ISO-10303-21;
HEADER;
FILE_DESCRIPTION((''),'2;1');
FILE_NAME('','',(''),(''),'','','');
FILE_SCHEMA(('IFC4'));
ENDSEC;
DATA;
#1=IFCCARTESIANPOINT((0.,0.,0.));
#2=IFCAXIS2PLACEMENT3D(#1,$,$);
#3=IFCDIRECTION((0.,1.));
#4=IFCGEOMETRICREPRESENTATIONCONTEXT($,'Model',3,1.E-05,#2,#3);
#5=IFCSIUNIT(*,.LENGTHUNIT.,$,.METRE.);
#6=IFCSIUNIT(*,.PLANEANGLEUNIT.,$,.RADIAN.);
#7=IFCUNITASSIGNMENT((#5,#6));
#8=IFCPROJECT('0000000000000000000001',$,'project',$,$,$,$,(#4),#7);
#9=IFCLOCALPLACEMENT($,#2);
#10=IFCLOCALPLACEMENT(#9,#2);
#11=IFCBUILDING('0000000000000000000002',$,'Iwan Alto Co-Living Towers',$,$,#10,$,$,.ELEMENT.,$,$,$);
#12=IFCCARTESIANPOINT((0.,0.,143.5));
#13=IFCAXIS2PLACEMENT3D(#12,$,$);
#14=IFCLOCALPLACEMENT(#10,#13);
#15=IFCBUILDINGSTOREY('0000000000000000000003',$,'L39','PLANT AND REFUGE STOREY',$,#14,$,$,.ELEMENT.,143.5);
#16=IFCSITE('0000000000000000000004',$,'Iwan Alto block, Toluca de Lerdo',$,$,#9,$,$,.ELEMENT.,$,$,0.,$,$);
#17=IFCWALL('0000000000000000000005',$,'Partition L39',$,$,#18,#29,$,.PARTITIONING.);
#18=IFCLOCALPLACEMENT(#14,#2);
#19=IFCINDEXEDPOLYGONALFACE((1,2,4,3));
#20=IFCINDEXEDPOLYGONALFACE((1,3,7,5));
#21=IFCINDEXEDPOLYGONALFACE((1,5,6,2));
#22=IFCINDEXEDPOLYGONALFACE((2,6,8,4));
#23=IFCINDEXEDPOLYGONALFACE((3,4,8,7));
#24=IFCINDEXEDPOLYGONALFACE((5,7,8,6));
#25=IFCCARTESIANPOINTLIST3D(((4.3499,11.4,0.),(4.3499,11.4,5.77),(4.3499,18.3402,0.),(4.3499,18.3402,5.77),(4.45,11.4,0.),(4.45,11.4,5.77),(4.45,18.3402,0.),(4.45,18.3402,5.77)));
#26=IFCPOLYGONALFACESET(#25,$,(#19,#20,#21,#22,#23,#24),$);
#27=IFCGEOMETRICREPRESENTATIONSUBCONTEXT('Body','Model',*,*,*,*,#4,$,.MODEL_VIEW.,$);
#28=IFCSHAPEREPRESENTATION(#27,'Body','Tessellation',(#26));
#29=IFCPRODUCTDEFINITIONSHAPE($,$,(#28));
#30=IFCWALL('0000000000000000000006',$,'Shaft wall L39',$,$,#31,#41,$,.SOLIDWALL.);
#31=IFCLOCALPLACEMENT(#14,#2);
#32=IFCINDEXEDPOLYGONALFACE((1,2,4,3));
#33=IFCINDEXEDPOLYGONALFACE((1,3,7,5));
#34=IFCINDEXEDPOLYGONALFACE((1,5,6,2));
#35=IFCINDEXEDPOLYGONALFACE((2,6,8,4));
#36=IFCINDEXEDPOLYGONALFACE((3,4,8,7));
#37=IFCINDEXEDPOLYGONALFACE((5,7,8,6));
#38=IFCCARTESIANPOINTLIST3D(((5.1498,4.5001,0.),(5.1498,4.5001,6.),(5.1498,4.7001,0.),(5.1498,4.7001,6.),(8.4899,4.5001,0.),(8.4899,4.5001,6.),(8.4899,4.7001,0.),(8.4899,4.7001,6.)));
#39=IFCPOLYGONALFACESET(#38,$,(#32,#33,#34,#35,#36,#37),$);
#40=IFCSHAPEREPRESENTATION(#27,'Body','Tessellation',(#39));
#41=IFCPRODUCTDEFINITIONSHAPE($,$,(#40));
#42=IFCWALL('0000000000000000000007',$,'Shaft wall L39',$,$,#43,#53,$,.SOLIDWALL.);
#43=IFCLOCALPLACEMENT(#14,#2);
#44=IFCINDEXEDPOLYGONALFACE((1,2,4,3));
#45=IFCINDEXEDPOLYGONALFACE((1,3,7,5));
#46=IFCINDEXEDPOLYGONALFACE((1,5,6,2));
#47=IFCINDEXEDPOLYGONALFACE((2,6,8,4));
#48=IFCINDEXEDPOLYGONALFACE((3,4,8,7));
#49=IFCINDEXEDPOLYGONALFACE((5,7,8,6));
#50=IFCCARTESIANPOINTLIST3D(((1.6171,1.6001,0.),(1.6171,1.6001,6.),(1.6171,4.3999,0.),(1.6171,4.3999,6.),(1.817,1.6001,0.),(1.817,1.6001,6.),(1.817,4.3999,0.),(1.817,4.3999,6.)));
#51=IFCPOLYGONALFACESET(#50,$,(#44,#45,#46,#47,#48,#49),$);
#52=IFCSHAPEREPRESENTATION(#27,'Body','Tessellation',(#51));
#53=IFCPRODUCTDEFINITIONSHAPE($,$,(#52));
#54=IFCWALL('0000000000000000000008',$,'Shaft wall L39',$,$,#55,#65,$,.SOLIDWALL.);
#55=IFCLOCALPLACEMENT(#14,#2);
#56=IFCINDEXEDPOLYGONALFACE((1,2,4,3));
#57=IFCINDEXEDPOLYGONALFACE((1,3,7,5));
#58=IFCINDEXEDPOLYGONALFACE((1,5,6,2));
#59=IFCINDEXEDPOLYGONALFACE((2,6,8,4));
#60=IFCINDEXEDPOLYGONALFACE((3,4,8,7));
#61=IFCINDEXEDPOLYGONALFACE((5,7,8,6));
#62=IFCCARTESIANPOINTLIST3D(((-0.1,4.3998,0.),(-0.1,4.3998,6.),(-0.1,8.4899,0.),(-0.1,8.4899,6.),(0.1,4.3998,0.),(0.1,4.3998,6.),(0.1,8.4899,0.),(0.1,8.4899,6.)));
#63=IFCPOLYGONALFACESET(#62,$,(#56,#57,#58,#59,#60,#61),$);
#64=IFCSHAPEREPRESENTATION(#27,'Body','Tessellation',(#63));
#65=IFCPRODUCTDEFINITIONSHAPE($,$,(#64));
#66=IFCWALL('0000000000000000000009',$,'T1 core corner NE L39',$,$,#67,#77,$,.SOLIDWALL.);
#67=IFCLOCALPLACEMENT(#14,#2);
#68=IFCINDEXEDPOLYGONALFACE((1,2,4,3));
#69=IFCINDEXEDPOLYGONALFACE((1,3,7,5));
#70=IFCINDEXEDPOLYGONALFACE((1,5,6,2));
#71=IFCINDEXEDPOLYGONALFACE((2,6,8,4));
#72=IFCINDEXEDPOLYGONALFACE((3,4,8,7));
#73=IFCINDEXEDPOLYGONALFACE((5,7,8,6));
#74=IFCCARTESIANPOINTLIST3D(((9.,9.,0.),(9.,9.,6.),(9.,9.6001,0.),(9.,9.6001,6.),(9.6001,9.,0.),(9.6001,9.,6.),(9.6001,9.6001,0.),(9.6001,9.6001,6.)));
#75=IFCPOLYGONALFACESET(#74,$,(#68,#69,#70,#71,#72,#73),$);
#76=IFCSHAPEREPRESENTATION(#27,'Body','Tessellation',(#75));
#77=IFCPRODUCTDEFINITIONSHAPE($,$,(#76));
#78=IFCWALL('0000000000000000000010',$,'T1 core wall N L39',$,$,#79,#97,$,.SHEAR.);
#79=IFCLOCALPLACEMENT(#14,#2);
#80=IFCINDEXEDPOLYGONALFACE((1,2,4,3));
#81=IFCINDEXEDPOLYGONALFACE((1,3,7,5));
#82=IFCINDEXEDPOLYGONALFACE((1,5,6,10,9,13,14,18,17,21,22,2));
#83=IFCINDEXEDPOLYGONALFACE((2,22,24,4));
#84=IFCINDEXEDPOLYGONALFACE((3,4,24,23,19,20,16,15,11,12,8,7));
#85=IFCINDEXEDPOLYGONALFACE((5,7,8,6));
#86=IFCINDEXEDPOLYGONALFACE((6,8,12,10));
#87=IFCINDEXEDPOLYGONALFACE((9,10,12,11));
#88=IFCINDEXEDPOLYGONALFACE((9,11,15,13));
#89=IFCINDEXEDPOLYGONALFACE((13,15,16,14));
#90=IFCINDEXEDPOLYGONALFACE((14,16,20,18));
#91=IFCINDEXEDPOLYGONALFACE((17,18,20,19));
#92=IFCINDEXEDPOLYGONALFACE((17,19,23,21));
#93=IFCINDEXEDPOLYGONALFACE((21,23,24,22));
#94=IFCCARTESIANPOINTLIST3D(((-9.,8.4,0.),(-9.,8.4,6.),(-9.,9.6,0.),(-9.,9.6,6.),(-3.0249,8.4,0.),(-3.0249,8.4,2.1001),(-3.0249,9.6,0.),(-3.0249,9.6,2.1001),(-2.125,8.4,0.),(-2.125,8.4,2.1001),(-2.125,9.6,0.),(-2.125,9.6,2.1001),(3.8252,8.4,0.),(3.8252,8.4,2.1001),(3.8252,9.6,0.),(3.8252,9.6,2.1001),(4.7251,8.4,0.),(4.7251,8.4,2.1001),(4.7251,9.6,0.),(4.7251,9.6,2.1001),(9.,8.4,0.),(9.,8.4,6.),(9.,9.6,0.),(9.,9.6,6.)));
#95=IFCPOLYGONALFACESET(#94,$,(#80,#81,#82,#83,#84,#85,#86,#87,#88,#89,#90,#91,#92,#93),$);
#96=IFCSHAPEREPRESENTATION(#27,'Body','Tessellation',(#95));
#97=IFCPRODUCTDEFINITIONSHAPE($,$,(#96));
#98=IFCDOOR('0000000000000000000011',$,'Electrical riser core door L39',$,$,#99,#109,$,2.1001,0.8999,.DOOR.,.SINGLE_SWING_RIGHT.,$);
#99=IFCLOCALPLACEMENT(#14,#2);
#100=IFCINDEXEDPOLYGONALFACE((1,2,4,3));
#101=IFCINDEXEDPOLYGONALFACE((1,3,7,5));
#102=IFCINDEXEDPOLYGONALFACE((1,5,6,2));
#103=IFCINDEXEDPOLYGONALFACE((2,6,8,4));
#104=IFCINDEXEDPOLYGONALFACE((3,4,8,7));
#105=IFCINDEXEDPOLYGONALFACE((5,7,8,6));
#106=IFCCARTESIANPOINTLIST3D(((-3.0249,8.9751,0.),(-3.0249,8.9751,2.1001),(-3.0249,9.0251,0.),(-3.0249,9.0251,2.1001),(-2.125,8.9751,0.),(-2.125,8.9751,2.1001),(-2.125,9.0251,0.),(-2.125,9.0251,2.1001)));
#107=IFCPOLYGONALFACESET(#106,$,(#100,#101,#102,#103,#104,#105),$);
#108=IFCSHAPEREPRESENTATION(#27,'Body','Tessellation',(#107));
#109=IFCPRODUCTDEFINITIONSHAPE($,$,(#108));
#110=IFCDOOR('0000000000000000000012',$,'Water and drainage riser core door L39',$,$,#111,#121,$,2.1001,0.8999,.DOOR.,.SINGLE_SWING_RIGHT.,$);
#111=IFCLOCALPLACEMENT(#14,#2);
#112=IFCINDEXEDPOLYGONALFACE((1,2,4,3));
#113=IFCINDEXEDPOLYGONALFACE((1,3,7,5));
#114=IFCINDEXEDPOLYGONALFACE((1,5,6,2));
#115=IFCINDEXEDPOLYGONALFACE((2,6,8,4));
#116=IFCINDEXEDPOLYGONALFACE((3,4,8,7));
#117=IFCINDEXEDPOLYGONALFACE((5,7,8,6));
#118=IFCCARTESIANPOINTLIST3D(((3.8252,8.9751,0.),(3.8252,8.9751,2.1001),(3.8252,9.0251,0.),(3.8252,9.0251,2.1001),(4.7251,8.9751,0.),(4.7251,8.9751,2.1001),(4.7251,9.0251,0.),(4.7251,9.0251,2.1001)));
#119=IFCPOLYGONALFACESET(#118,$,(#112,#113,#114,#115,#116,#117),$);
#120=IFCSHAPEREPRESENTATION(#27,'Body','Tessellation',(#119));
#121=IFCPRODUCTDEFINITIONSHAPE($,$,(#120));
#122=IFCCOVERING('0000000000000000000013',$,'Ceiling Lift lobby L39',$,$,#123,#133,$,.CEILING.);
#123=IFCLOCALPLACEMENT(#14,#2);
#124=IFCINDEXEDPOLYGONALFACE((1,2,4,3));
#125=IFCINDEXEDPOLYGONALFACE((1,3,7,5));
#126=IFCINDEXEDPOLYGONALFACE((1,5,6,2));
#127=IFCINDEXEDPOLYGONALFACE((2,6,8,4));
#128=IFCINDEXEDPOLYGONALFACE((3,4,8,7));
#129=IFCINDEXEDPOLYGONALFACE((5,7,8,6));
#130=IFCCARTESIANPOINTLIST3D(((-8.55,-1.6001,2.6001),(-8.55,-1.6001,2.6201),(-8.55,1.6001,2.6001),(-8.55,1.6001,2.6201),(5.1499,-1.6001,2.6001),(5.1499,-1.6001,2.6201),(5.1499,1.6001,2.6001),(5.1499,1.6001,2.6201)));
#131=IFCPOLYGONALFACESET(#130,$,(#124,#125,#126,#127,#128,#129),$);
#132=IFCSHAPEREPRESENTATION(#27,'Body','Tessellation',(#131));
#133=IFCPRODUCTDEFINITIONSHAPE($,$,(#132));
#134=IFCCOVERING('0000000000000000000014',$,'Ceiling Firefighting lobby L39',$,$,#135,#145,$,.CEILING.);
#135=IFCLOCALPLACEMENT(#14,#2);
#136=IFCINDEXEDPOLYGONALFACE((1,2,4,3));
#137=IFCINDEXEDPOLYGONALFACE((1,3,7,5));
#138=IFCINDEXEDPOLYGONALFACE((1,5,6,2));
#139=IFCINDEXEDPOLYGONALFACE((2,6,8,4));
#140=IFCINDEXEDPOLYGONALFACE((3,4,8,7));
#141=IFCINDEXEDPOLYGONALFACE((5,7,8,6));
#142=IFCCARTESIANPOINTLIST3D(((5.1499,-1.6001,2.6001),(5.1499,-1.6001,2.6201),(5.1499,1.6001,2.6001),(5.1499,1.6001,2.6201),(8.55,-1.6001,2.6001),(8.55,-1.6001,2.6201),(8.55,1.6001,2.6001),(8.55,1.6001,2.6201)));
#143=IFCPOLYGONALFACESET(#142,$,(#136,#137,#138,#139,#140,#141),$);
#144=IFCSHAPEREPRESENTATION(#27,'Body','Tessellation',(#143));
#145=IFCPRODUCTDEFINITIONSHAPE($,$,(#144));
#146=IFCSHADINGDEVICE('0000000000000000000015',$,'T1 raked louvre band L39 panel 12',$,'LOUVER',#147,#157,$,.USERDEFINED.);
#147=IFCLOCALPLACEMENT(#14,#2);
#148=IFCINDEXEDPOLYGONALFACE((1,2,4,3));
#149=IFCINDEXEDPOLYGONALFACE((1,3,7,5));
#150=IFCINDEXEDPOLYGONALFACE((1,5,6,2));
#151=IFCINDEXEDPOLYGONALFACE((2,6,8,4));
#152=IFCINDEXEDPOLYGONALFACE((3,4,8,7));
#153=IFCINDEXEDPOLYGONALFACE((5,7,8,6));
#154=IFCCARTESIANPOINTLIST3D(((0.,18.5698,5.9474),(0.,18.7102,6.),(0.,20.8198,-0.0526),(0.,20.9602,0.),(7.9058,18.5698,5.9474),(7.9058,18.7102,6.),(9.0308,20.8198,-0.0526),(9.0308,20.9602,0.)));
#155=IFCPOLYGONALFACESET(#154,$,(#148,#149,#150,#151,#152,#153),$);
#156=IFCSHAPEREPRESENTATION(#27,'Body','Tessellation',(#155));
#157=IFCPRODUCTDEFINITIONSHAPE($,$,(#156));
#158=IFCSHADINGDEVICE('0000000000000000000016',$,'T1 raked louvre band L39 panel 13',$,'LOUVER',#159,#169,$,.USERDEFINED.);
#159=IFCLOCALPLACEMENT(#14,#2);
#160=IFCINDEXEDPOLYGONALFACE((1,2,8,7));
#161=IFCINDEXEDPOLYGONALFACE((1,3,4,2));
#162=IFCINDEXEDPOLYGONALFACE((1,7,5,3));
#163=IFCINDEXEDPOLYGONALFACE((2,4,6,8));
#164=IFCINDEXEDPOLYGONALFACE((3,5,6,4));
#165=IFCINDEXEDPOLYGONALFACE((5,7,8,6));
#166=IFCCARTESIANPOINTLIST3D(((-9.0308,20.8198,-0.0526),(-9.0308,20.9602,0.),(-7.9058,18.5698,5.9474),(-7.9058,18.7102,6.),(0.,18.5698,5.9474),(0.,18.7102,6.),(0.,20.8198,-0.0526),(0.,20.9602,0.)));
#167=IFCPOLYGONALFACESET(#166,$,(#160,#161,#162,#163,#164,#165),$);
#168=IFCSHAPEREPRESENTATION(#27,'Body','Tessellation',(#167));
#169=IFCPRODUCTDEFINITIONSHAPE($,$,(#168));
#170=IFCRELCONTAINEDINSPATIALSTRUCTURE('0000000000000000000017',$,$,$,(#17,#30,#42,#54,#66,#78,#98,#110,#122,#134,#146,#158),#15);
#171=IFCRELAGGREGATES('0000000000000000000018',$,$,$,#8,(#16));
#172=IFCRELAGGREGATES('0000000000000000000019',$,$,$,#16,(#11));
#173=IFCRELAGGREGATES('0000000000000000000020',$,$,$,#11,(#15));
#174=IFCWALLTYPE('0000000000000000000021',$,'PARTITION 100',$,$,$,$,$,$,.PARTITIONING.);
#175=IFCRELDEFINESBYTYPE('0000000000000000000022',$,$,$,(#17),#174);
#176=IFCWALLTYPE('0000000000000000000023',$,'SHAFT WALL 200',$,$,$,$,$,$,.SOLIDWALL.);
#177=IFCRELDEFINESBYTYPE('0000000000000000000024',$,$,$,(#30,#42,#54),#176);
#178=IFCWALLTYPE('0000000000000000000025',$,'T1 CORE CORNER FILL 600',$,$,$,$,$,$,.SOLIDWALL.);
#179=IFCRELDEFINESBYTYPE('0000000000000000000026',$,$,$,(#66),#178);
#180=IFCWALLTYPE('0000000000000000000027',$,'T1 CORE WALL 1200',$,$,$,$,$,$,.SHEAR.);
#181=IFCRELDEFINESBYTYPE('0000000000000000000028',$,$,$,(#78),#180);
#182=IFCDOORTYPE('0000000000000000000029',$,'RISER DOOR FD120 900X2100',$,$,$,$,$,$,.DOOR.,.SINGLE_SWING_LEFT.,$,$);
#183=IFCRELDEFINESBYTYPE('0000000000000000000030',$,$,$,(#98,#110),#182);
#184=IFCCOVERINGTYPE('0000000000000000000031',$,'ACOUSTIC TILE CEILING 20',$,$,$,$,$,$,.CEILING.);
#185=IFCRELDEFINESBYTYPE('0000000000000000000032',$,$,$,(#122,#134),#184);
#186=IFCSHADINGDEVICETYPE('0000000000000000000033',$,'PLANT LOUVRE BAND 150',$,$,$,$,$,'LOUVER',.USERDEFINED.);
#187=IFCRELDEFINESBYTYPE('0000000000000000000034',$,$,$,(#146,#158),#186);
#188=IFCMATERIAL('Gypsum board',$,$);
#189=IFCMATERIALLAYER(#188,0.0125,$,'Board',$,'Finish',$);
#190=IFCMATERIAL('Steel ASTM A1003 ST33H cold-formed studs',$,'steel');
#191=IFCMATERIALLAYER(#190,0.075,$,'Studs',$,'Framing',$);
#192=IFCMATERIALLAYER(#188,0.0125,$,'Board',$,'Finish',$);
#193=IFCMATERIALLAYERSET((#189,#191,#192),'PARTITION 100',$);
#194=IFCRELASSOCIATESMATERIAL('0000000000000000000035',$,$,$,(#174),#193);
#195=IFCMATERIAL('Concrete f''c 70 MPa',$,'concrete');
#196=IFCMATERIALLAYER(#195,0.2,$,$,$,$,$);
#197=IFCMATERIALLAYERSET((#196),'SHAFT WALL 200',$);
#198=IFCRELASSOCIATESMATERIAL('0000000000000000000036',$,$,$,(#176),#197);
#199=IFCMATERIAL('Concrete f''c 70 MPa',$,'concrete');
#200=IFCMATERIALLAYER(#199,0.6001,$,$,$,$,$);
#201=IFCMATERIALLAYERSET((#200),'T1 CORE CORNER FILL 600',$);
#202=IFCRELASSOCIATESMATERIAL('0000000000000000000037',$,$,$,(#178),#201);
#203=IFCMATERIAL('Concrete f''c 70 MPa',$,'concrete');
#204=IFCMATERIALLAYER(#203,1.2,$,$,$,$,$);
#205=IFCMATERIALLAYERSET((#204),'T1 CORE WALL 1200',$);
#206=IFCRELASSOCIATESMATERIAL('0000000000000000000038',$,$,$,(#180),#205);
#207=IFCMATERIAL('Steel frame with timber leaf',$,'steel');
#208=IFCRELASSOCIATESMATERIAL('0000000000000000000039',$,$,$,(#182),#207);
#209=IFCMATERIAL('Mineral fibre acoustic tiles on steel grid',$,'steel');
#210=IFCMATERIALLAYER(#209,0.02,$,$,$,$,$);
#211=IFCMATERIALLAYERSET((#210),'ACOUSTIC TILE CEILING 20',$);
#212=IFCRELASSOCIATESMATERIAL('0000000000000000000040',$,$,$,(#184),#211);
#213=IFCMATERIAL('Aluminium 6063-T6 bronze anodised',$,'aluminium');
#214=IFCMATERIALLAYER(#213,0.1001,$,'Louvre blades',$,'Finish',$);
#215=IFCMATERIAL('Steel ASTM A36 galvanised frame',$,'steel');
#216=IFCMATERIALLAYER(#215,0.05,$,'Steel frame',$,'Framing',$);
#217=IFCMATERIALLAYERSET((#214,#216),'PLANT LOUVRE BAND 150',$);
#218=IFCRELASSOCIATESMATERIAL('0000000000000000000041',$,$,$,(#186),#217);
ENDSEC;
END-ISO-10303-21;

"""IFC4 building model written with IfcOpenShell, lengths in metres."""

from ifc_helpers import new_model, si_unit, direction, frame, frame_2d, origin, place, context, subcontext, project, spatial, polyline, rectangle, outline, extrude, material, layer, layer_set, type_object, element, fill, save


model = new_model("IFC4")

# Units and contexts
model_context = context("Model", 3, precision=1e-05, world=origin(), true_north=direction((0.0, 1.0)))
body_context = subcontext(model_context, "Body", "Model", "MODEL_VIEW")
ifc_project = project(units=[si_unit("LENGTHUNIT", "METRE"), si_unit("PLANEANGLEUNIT", "RADIAN")], contexts=[model_context])

# Site, building, storey
site_placement = place(None, origin())
site = spatial("IfcSite", under=ifc_project, at=site_placement, Name="Iwan Alto block, Toluca de Lerdo", CompositionType="ELEMENT", RefElevation=0.0)
building_placement = place(site_placement, origin())
building = spatial("IfcBuilding", under=site, at=building_placement, Name="Iwan Alto Co-Living Towers", CompositionType="ELEMENT")
storey_placement = place(building_placement, frame((0.0, 0.0, 143.5)))
storey = spatial("IfcBuildingStorey", under=building, at=storey_placement, Name="L39", Description="PLANT AND REFUGE STOREY", CompositionType="ELEMENT", Elevation=143.5)

# Walls
ifc_material_1 = material(Name="Gypsum board")
ifc_layer_1 = layer(ifc_material_1, 0.0125, Name="Board", Category="Finish")
ifc_material_2 = material(Name="Steel ASTM A1003 ST33H cold-formed studs", Category="steel")
ifc_layer_2 = layer(ifc_material_2, 0.075, Name="Studs", Category="Framing")
ifc_layer_3 = layer(ifc_material_1, 0.0125, Name="Board", Category="Finish")
ifc_layer_set_1 = layer_set([ifc_layer_1, ifc_layer_2, ifc_layer_3], Name="PARTITION 100")
wall_type_1 = type_object("IfcWallType", Name="PARTITION 100", PredefinedType="PARTITIONING", material=ifc_layer_set_1)
wall_1_placement = place(storey_placement, frame((4.3999, 11.3999, 0.0), z_axis=(0.0, 0.0, 1.0), x_axis=(0.0, 1.0, 0.0)))
element("IfcWall", 1, at=wall_1_placement, inside=storey, type_object=wall_type_1, Name="Partition L39", PredefinedType="PARTITIONING", context=body_context, shape_type="SweptSolid", body=[
    extrude(rectangle(XDim=6.9402, YDim=0.1001, at=frame_2d((3.4702, 0.0))), origin(), (0.0, 0.0, 1.0), 5.77),
])
ifc_material_3 = material(Name="Concrete f'c 70 MPa", Category="concrete")
ifc_layer_4 = layer(ifc_material_3, 0.2)
ifc_layer_set_2 = layer_set([ifc_layer_4], Name="SHAFT WALL 200")
wall_type_2 = type_object("IfcWallType", Name="SHAFT WALL 200", PredefinedType="SOLIDWALL", material=ifc_layer_set_2)
wall_2_placement = place(storey_placement, frame((5.1499, 4.6001, 0.0), z_axis=(0.0, 0.0, 1.0), x_axis=(1.0, 0.0, 0.0)))
element("IfcWall", 2, at=wall_2_placement, inside=storey, type_object=wall_type_2, Name="Shaft wall L39", PredefinedType="SOLIDWALL", context=body_context, shape_type="SweptSolid", body=[
    extrude(rectangle(XDim=3.3401, YDim=0.2, at=frame_2d((1.6699, 0.0))), origin(), (0.0, 0.0, 1.0), 6.0),
])
wall_3_placement = place(storey_placement, frame((1.717, 1.6001, 0.0), z_axis=(0.0, 0.0, 1.0), x_axis=(0.0, 1.0, 0.0)))
element("IfcWall", 3, at=wall_3_placement, inside=storey, type_object=wall_type_2, Name="Shaft wall L39", PredefinedType="SOLIDWALL", context=body_context, shape_type="SweptSolid", body=[
    extrude(rectangle(XDim=2.7998, YDim=0.2, at=frame_2d((1.3999, 0.0))), origin(), (0.0, 0.0, 1.0), 6.0),
])
wall_4_placement = place(storey_placement, frame((0.0, 4.3999, 0.0), z_axis=(0.0, 0.0, 1.0), x_axis=(0.0, 1.0, 0.0)))
element("IfcWall", 4, at=wall_4_placement, inside=storey, type_object=wall_type_2, Name="Shaft wall L39", PredefinedType="SOLIDWALL", context=body_context, shape_type="SweptSolid", body=[
    extrude(rectangle(XDim=4.0901, YDim=0.2, at=frame_2d((2.0449, 0.0))), origin(), (0.0, 0.0, 1.0), 6.0),
])
ifc_material_4 = material(Name="Concrete f'c 70 MPa", Category="concrete")
ifc_layer_5 = layer(ifc_material_4, 0.6001)
ifc_layer_set_3 = layer_set([ifc_layer_5], Name="T1 CORE CORNER FILL 600")
wall_type_3 = type_object("IfcWallType", Name="T1 CORE CORNER FILL 600", PredefinedType="SOLIDWALL", material=ifc_layer_set_3)
wall_5_placement = place(storey_placement, frame((9.0, 9.3, 0.0), z_axis=(0.0, 0.0, 1.0), x_axis=(1.0, 0.0, 0.0)))
element("IfcWall", 5, at=wall_5_placement, inside=storey, type_object=wall_type_3, Name="T1 core corner NE L39", PredefinedType="SOLIDWALL", context=body_context, shape_type="SweptSolid", body=[
    extrude(rectangle(XDim=0.6001, YDim=0.6001, at=frame_2d((0.3, 0.0))), origin(), (0.0, 0.0, 1.0), 6.0),
])

# Wall, openings, doors
ifc_material_5 = material(Name="Concrete f'c 70 MPa", Category="concrete")
ifc_layer_6 = layer(ifc_material_5, 1.2)
ifc_layer_set_4 = layer_set([ifc_layer_6], Name="T1 CORE WALL 1200")
wall_type_4 = type_object("IfcWallType", Name="T1 CORE WALL 1200", PredefinedType="SHEAR", material=ifc_layer_set_4)
wall_6_placement = place(storey_placement, frame((9.0, 9.0, 0.0), z_axis=(0.0, 0.0, 1.0), x_axis=(-1.0, 0.0, 0.0)))
wall_6 = element("IfcWall", 6, at=wall_6_placement, inside=storey, type_object=wall_type_4, Name="T1 core wall N L39", PredefinedType="SHEAR", context=body_context, shape_type="SweptSolid", body=[
    extrude(rectangle(XDim=18.0, YDim=1.2, at=frame_2d((9.0, 0.0))), origin(), (0.0, 0.0, 1.0), 6.0),
])
opening_1_placement = place(wall_6_placement, frame((11.125, 0.0, 0.0)))
opening_1 = element("IfcOpeningElement", 7, at=opening_1_placement, cuts=wall_6, PredefinedType="OPENING", context=body_context, shape_type="SweptSolid", body=[
    extrude(rectangle(XDim=0.8999, YDim=2.1001, at=frame_2d((0.45, 1.05))), frame((0.0, 0.6099, 0.0), z_axis=(0.0, -1.0, 0.0), x_axis=(1.0, 0.0, 0.0)), (0.0, 0.0, 1.0), 1.22),
])
opening_2_placement = place(wall_6_placement, frame((4.2749, 0.0, 0.0)))
opening_2 = element("IfcOpeningElement", 8, at=opening_2_placement, cuts=wall_6, PredefinedType="OPENING", context=body_context, shape_type="SweptSolid", body=[
    extrude(rectangle(XDim=0.8999, YDim=2.1001, at=frame_2d((0.45, 1.05))), frame((0.0, 0.6099, 0.0), z_axis=(0.0, -1.0, 0.0), x_axis=(1.0, 0.0, 0.0)), (0.0, 0.0, 1.0), 1.22),
])
ifc_material_6 = material(Name="Steel frame with timber leaf", Category="steel")
door_type = type_object("IfcDoorType", Name="RISER DOOR FD120 900X2100", OperationType="SINGLE_SWING_LEFT", PredefinedType="DOOR", material=ifc_material_6)
door_1_placement = place(opening_1_placement, origin())
door_1 = element("IfcDoor", 9, at=door_1_placement, inside=storey, type_object=door_type, Name="Electrical riser core door L39", OperationType="SINGLE_SWING_RIGHT", OverallHeight=2.1001, OverallWidth=0.8999, PredefinedType="DOOR", context=body_context, shape_type="SweptSolid", body=[
    extrude(rectangle(XDim=0.8999, YDim=2.1001, at=frame_2d((0.45, 1.05))), frame((0.0, 0.0249, 0.0), z_axis=(0.0, -1.0, 0.0), x_axis=(1.0, 0.0, 0.0)), (0.0, 0.0, 1.0), 0.05),
])
fill(opening_1, door_1)
door_2_placement = place(opening_2_placement, origin())
door_2 = element("IfcDoor", 10, at=door_2_placement, inside=storey, type_object=door_type, Name="Water and drainage riser core door L39", OperationType="SINGLE_SWING_RIGHT", OverallHeight=2.1001, OverallWidth=0.8999, PredefinedType="DOOR", context=body_context, shape_type="SweptSolid", body=[
    extrude(rectangle(XDim=0.8999, YDim=2.1001, at=frame_2d((0.45, 1.05))), frame((0.0, 0.0249, 0.0), z_axis=(0.0, -1.0, 0.0), x_axis=(1.0, 0.0, 0.0)), (0.0, 0.0, 1.0), 0.05),
])
fill(opening_2, door_2)

# Coverings
ifc_material_7 = material(Name="Mineral fibre acoustic tiles on steel grid", Category="steel")
ifc_layer_7 = layer(ifc_material_7, 0.02)
ifc_layer_set_5 = layer_set([ifc_layer_7], Name="ACOUSTIC TILE CEILING 20")
covering_type_1 = type_object("IfcCoveringType", Name="ACOUSTIC TILE CEILING 20", PredefinedType="CEILING", material=ifc_layer_set_5)
covering_1_placement = place(storey_placement, frame((0.0, 0.0, 2.6001)))
element("IfcCovering", 11, at=covering_1_placement, inside=storey, type_object=covering_type_1, Name="Ceiling Lift lobby L39", PredefinedType="CEILING", context=body_context, shape_type="SweptSolid", body=[
    extrude(outline(polyline([(-8.55, -1.6001), (-8.55, 1.6001), (5.1499, 1.6001), (5.1499, -1.6001), (-8.55, -1.6001)])), origin(), (0.0, 0.0, 1.0), 0.02),
])
covering_2_placement = place(storey_placement, frame((0.0, 0.0, 2.6001)))
element("IfcCovering", 12, at=covering_2_placement, inside=storey, type_object=covering_type_1, Name="Ceiling Firefighting lobby L39", PredefinedType="CEILING", context=body_context, shape_type="SweptSolid", body=[
    extrude(outline(polyline([(5.1499, -1.6001), (5.1499, 1.6001), (8.55, 1.6001), (8.55, -1.6001), (5.1499, -1.6001)])), origin(), (0.0, 0.0, 1.0), 0.02),
])

# Shading devices
ifc_material_8 = material(Name="Aluminium 6063-T6 bronze anodised", Category="aluminium")
ifc_layer_8 = layer(ifc_material_8, 0.1001, Name="Louvre blades", Category="Finish")
ifc_material_9 = material(Name="Steel ASTM A36 galvanised frame", Category="steel")
ifc_layer_9 = layer(ifc_material_9, 0.05, Name="Steel frame", Category="Framing")
ifc_layer_set_6 = layer_set([ifc_layer_8, ifc_layer_9], Name="PLANT LOUVRE BAND 150")
shading_device_type = type_object("IfcShadingDeviceType", Name="PLANT LOUVRE BAND 150", ElementType="LOUVER", PredefinedType="USERDEFINED", material=ifc_layer_set_6)
shading_device_1_placement = place(storey_placement, frame((9.0308, 20.9602, 0.0), z_axis=(0.0, 0.936329, 0.351123), x_axis=(-1.0, 0.0, 0.0)))
element("IfcShadingDevice", 13, at=shading_device_1_placement, inside=storey, type_object=shading_device_type, Name="T1 raked louvre band L39 panel 12", ObjectType="LOUVER", PredefinedType="USERDEFINED", context=body_context, shape_type="SweptSolid", body=[
    extrude(outline(polyline([(0.0, 0.0), (9.0308, 0.0), (9.0308, 6.408), (1.125, 6.408), (0.0, 0.0)])), origin(), (0.0, 0.0, -1.0), 0.1499),
])
shading_device_2_placement = place(storey_placement, frame((0.0, 20.9602, 0.0), z_axis=(0.0, 0.936329, 0.351123), x_axis=(-1.0, 0.0, 0.0)))
element("IfcShadingDevice", 14, at=shading_device_2_placement, inside=storey, type_object=shading_device_type, Name="T1 raked louvre band L39 panel 13", ObjectType="LOUVER", PredefinedType="USERDEFINED", context=body_context, shape_type="SweptSolid", body=[
    extrude(outline(polyline([(0.0, 0.0), (9.0308, 0.0), (7.9058, 6.408), (0.0, 6.408), (0.0, 0.0)])), origin(), (0.0, 0.0, -1.0), 0.1499),
])

save(model, "model.ifc")
